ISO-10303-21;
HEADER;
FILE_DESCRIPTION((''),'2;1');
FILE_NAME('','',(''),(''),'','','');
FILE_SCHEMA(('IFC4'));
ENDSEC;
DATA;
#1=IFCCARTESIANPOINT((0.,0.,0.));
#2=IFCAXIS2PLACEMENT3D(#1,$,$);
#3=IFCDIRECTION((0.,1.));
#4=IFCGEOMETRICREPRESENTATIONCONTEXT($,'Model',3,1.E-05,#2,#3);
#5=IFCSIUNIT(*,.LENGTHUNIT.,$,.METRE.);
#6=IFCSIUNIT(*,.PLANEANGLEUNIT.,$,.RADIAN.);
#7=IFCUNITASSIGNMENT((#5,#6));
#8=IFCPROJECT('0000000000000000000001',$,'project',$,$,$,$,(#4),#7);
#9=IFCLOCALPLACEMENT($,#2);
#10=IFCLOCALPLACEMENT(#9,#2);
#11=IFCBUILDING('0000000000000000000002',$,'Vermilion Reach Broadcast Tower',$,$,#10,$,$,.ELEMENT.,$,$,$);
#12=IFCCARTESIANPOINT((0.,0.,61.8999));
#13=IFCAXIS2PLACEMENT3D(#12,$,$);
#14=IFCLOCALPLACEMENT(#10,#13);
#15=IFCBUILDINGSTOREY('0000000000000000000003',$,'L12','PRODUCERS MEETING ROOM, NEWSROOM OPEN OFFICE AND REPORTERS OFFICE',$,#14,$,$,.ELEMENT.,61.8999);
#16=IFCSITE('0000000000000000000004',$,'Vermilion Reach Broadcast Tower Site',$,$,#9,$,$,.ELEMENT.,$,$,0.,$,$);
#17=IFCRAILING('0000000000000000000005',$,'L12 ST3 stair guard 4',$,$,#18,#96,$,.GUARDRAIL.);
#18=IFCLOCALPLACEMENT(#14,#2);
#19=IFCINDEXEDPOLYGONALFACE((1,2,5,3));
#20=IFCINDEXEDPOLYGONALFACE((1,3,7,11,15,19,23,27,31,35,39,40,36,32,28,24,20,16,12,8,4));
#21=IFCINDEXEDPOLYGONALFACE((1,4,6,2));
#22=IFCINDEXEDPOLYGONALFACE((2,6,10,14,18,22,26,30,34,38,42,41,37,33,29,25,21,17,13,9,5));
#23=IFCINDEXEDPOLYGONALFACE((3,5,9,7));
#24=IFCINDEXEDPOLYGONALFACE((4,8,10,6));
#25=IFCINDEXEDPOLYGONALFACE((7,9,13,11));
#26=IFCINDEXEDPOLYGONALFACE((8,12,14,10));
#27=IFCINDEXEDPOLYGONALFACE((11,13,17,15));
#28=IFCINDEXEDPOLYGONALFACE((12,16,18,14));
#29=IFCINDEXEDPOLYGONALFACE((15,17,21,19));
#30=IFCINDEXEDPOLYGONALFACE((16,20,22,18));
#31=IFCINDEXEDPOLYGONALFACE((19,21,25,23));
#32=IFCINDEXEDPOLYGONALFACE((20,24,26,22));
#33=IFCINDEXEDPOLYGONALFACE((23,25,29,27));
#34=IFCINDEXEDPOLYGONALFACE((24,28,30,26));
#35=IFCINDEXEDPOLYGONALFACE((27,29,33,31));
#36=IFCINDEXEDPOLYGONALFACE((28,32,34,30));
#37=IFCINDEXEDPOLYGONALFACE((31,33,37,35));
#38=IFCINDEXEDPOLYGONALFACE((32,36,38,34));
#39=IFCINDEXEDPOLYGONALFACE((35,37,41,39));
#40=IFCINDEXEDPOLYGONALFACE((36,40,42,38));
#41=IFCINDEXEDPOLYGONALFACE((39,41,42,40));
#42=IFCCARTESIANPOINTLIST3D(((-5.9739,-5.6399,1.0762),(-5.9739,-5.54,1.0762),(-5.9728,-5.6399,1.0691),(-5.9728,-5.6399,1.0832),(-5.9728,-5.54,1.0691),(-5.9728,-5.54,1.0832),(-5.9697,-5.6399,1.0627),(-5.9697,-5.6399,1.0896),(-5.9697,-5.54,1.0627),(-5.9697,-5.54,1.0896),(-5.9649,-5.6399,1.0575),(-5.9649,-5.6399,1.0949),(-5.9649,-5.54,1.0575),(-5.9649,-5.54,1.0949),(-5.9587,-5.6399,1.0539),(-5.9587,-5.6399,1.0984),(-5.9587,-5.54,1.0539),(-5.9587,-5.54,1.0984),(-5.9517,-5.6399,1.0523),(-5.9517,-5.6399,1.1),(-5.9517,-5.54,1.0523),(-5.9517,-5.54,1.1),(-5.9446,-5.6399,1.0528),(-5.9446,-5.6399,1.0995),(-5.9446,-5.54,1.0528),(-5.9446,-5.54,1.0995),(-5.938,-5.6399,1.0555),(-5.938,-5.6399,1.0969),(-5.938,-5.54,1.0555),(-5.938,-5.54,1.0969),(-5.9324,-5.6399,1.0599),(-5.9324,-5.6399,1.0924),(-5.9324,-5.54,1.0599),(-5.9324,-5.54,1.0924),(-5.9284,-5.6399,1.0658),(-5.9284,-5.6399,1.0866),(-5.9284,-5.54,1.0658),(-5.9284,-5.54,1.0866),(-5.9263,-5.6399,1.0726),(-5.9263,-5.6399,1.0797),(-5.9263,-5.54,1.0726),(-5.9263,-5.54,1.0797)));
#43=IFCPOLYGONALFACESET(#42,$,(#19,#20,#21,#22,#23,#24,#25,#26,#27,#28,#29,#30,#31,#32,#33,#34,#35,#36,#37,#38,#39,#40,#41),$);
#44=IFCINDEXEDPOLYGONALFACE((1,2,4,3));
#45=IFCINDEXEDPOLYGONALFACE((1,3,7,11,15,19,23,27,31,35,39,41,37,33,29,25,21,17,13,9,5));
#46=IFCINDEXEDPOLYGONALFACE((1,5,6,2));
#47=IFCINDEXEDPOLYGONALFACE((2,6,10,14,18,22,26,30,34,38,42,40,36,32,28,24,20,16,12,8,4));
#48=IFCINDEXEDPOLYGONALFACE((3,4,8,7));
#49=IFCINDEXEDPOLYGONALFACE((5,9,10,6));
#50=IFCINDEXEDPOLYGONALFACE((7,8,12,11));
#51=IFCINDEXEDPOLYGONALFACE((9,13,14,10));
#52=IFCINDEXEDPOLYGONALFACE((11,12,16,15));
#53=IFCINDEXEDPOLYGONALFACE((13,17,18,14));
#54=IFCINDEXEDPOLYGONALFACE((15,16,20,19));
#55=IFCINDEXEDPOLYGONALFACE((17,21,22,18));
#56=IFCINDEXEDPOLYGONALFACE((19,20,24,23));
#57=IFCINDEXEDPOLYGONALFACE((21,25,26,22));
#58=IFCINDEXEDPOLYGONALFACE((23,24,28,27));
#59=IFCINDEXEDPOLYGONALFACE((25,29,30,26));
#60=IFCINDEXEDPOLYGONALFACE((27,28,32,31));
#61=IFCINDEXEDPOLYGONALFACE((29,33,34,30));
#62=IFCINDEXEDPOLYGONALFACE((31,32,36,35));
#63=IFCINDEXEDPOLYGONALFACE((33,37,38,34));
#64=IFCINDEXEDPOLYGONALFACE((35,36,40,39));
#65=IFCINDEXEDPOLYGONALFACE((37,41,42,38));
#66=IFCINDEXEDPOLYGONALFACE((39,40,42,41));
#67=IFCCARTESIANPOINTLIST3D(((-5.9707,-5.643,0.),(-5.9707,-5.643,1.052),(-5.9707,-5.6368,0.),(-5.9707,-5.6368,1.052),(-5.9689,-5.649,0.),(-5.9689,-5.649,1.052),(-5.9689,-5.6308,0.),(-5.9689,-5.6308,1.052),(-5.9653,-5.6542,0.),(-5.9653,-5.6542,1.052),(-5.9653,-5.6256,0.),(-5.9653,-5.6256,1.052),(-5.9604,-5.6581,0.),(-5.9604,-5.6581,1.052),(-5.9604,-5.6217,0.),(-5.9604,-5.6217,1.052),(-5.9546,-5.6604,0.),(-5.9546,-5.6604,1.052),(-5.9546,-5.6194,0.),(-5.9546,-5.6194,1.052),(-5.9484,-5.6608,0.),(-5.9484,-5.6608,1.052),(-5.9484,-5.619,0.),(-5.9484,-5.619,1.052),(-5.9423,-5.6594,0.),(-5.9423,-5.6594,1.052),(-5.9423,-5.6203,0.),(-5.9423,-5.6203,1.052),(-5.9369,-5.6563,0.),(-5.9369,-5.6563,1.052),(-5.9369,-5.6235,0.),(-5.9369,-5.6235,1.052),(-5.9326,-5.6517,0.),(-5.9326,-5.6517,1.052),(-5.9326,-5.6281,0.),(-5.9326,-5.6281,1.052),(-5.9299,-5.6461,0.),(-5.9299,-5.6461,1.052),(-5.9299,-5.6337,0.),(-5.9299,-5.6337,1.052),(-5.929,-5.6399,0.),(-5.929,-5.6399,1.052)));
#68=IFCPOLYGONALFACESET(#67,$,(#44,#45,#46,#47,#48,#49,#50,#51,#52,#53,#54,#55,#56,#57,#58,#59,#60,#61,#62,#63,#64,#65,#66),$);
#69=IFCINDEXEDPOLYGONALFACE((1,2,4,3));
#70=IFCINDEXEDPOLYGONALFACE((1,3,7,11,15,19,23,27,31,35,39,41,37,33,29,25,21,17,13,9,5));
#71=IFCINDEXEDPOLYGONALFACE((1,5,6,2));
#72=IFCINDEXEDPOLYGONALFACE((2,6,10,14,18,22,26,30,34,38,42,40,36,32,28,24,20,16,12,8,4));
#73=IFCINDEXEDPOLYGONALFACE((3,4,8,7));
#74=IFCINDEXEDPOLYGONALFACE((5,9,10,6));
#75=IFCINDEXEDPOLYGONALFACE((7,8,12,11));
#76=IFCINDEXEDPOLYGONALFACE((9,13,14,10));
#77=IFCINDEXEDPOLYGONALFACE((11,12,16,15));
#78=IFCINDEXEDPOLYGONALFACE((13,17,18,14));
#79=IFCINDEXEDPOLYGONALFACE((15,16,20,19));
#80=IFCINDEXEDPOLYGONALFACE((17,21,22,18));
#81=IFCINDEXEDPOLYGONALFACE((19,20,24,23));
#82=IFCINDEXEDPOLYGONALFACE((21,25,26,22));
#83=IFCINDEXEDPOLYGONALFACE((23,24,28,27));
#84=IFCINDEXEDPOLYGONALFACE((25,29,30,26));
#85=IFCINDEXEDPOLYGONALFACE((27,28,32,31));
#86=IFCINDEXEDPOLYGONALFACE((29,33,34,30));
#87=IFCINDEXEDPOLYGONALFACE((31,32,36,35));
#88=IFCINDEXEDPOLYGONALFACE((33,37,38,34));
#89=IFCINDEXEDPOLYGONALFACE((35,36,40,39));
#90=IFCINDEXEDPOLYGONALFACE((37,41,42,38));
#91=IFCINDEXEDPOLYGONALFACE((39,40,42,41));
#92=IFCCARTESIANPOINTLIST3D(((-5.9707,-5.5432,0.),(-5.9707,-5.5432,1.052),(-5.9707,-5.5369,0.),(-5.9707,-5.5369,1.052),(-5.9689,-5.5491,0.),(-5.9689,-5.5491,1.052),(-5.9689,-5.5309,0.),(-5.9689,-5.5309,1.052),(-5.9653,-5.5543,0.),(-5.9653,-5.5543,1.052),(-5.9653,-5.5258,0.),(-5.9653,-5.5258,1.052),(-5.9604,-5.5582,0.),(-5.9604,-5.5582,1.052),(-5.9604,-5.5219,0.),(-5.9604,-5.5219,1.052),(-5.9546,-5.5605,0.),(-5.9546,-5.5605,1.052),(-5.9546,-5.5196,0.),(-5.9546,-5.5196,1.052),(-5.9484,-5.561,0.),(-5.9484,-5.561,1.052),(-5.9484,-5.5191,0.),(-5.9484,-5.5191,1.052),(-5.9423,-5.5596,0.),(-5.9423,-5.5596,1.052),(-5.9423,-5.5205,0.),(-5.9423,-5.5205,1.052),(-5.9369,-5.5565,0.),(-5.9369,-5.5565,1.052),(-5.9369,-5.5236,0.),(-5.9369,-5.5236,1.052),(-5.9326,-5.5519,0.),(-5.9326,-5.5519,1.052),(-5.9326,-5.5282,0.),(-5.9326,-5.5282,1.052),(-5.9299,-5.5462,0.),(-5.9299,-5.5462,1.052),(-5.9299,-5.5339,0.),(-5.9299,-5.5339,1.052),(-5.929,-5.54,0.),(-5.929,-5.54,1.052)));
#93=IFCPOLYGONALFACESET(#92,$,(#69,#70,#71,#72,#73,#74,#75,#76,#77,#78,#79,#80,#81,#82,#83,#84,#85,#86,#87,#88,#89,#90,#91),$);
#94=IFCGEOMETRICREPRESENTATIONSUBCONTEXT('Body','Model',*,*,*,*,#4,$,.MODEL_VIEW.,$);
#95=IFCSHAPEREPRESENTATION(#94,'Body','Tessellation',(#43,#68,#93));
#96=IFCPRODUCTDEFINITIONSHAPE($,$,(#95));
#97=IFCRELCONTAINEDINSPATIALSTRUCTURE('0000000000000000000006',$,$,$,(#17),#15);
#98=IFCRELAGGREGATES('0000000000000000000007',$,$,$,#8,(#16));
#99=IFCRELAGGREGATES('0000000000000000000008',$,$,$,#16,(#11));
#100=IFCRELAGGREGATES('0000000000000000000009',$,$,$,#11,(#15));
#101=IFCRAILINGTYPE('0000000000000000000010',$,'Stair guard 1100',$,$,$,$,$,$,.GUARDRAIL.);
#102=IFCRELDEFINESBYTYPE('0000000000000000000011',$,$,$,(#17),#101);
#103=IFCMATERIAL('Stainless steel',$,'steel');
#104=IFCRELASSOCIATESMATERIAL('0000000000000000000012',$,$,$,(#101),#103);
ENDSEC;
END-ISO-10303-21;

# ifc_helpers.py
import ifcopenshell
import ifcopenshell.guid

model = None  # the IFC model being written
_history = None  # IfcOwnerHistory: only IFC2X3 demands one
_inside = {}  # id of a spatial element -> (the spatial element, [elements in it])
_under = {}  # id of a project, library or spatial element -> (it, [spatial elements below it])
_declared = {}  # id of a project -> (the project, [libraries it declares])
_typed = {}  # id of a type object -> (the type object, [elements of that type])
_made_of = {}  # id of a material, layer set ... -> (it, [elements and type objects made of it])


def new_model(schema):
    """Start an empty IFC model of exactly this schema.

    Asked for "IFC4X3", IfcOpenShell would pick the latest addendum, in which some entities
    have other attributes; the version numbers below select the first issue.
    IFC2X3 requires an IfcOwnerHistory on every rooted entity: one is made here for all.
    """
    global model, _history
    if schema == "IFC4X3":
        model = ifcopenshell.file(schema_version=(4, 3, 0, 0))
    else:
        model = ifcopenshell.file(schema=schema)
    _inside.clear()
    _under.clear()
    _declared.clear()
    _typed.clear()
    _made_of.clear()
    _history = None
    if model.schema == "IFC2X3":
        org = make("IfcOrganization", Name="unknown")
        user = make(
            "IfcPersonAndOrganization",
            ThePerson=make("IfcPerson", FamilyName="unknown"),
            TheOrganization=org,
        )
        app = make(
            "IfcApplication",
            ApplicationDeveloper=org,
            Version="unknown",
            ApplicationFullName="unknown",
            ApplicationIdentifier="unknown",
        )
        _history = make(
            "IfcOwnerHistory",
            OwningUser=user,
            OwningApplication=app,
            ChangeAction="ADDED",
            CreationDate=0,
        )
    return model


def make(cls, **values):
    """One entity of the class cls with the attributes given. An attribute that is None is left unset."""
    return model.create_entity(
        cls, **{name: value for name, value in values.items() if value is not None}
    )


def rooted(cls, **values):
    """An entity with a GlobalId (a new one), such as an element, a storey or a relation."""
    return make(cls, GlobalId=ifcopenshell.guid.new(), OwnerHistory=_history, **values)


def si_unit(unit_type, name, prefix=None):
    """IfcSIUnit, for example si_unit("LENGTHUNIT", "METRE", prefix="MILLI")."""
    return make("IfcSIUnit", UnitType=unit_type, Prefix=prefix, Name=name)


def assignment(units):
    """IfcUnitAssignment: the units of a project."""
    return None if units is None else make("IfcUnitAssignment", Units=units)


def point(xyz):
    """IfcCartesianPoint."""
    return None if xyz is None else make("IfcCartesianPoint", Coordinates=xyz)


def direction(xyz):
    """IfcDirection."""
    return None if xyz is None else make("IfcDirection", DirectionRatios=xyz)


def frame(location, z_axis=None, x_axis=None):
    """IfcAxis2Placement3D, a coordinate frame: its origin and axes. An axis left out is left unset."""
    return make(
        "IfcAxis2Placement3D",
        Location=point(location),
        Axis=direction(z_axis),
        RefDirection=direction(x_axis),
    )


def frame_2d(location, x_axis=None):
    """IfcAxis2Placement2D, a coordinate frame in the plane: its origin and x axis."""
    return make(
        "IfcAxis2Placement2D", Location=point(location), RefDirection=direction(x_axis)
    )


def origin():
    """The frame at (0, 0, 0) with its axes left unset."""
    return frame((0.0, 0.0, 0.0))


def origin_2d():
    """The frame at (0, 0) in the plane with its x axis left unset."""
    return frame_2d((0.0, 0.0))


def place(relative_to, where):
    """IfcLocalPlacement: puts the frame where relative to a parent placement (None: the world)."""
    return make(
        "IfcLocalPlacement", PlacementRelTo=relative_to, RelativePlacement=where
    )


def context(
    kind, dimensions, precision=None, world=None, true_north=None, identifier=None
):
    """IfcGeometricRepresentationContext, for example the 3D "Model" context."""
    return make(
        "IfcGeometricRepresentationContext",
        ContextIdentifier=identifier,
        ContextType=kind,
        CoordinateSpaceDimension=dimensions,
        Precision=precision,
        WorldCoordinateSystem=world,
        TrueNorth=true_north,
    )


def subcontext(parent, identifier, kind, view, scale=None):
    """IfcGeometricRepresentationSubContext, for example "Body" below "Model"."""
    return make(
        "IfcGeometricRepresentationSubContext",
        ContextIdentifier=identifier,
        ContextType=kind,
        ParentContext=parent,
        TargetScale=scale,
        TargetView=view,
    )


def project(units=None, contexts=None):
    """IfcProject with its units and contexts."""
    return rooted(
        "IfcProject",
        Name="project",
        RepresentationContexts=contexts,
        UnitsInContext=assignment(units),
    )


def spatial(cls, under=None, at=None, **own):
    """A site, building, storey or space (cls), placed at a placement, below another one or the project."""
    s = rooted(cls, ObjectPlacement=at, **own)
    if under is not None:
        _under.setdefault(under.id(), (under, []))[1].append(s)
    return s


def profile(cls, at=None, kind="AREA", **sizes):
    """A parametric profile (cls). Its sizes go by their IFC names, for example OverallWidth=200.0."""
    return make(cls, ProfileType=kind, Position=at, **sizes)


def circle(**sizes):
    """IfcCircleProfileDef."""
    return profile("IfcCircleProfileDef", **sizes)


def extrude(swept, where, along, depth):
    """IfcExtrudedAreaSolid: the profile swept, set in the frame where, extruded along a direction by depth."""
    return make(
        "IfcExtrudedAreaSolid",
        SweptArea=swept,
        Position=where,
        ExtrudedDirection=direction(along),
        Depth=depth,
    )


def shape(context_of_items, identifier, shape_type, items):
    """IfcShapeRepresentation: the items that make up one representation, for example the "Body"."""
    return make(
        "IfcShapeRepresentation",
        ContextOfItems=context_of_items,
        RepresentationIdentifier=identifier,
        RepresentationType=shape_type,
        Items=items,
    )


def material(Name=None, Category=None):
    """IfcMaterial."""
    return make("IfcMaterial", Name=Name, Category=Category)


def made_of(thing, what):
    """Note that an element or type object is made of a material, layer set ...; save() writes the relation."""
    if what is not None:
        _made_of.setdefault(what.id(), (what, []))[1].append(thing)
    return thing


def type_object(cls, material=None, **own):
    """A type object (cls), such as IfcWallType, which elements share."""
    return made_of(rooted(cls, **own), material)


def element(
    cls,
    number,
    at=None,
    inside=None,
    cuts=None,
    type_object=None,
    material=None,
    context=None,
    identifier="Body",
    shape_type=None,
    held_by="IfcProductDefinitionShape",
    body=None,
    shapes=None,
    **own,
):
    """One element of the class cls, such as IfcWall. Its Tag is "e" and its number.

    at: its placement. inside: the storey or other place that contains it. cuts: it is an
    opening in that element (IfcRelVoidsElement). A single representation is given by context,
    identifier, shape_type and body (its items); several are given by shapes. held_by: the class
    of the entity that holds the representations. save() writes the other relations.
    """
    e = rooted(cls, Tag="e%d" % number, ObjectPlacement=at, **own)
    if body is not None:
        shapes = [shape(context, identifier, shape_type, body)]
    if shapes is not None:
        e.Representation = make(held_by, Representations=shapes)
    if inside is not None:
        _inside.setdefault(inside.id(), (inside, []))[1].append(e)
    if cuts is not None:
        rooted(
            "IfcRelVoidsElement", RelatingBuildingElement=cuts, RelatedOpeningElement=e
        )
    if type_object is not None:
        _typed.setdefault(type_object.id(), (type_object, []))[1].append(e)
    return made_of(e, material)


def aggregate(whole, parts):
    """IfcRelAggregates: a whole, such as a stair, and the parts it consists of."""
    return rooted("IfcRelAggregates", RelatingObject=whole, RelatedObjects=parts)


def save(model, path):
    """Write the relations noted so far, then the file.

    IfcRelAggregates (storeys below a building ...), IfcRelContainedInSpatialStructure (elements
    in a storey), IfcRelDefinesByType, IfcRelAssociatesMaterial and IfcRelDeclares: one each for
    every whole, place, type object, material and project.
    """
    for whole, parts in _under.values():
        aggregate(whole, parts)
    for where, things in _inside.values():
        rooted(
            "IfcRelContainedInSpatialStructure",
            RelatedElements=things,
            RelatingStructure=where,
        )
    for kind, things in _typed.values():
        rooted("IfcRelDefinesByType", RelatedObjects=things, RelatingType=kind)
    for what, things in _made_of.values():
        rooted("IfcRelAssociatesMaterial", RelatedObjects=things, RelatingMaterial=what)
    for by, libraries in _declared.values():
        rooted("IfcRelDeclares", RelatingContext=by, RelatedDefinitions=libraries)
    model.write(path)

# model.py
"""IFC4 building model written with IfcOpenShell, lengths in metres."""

from ifc_helpers import new_model, si_unit, direction, frame, origin, origin_2d, place, context, subcontext, project, spatial, circle, extrude, material, type_object, element, save


model = new_model("IFC4")

# Units and contexts
model_context = context("Model", 3, precision=1e-05, world=origin(), true_north=direction((0.0, 1.0)))
body_context = subcontext(model_context, "Body", "Model", "MODEL_VIEW")
ifc_project = project(units=[si_unit("LENGTHUNIT", "METRE"), si_unit("PLANEANGLEUNIT", "RADIAN")], contexts=[model_context])

# Site, building, storey
site_placement = place(None, origin())
site = spatial("IfcSite", under=ifc_project, at=site_placement, Name="Vermilion Reach Broadcast Tower Site", CompositionType="ELEMENT", RefElevation=0.0)
building_placement = place(site_placement, origin())
building = spatial("IfcBuilding", under=site, at=building_placement, Name="Vermilion Reach Broadcast Tower", CompositionType="ELEMENT")
storey_placement = place(building_placement, frame((0.0, 0.0, 61.8999)))
storey = spatial("IfcBuildingStorey", under=building, at=storey_placement, Name="L12", Description="PRODUCERS MEETING ROOM, NEWSROOM OPEN OFFICE AND REPORTERS OFFICE", CompositionType="ELEMENT", Elevation=61.8999)

# Railing
ifc_material_1 = material(Name="Stainless steel", Category="steel")
railing_type = type_object("IfcRailingType", Name="Stair guard 1100", PredefinedType="GUARDRAIL", material=ifc_material_1)
railing_1_placement = place(storey_placement, frame((-5.95, -5.6399, 0.0)))
element("IfcRailing", 1, at=railing_1_placement, inside=storey, type_object=railing_type, Name="L12 ST3 stair guard 4", PredefinedType="GUARDRAIL", context=body_context, shape_type="SweptSolid", body=[
    extrude(circle(Radius=0.0239, at=origin_2d()), frame((0.0, 0.0, 1.0762), z_axis=(0.0, 1.0, 0.0), x_axis=(-1.0, 0.0, 0.0)), (0.0, 0.0, 1.0), 0.0999),
    extrude(circle(Radius=0.021, at=origin_2d()), origin(), (0.0, 0.0, 1.0), 1.052),
    extrude(circle(Radius=0.021, at=origin_2d()), frame((0.0, 0.0999, 0.0)), (0.0, 0.0, 1.0), 1.052),
])

save(model, "model.ifc")
